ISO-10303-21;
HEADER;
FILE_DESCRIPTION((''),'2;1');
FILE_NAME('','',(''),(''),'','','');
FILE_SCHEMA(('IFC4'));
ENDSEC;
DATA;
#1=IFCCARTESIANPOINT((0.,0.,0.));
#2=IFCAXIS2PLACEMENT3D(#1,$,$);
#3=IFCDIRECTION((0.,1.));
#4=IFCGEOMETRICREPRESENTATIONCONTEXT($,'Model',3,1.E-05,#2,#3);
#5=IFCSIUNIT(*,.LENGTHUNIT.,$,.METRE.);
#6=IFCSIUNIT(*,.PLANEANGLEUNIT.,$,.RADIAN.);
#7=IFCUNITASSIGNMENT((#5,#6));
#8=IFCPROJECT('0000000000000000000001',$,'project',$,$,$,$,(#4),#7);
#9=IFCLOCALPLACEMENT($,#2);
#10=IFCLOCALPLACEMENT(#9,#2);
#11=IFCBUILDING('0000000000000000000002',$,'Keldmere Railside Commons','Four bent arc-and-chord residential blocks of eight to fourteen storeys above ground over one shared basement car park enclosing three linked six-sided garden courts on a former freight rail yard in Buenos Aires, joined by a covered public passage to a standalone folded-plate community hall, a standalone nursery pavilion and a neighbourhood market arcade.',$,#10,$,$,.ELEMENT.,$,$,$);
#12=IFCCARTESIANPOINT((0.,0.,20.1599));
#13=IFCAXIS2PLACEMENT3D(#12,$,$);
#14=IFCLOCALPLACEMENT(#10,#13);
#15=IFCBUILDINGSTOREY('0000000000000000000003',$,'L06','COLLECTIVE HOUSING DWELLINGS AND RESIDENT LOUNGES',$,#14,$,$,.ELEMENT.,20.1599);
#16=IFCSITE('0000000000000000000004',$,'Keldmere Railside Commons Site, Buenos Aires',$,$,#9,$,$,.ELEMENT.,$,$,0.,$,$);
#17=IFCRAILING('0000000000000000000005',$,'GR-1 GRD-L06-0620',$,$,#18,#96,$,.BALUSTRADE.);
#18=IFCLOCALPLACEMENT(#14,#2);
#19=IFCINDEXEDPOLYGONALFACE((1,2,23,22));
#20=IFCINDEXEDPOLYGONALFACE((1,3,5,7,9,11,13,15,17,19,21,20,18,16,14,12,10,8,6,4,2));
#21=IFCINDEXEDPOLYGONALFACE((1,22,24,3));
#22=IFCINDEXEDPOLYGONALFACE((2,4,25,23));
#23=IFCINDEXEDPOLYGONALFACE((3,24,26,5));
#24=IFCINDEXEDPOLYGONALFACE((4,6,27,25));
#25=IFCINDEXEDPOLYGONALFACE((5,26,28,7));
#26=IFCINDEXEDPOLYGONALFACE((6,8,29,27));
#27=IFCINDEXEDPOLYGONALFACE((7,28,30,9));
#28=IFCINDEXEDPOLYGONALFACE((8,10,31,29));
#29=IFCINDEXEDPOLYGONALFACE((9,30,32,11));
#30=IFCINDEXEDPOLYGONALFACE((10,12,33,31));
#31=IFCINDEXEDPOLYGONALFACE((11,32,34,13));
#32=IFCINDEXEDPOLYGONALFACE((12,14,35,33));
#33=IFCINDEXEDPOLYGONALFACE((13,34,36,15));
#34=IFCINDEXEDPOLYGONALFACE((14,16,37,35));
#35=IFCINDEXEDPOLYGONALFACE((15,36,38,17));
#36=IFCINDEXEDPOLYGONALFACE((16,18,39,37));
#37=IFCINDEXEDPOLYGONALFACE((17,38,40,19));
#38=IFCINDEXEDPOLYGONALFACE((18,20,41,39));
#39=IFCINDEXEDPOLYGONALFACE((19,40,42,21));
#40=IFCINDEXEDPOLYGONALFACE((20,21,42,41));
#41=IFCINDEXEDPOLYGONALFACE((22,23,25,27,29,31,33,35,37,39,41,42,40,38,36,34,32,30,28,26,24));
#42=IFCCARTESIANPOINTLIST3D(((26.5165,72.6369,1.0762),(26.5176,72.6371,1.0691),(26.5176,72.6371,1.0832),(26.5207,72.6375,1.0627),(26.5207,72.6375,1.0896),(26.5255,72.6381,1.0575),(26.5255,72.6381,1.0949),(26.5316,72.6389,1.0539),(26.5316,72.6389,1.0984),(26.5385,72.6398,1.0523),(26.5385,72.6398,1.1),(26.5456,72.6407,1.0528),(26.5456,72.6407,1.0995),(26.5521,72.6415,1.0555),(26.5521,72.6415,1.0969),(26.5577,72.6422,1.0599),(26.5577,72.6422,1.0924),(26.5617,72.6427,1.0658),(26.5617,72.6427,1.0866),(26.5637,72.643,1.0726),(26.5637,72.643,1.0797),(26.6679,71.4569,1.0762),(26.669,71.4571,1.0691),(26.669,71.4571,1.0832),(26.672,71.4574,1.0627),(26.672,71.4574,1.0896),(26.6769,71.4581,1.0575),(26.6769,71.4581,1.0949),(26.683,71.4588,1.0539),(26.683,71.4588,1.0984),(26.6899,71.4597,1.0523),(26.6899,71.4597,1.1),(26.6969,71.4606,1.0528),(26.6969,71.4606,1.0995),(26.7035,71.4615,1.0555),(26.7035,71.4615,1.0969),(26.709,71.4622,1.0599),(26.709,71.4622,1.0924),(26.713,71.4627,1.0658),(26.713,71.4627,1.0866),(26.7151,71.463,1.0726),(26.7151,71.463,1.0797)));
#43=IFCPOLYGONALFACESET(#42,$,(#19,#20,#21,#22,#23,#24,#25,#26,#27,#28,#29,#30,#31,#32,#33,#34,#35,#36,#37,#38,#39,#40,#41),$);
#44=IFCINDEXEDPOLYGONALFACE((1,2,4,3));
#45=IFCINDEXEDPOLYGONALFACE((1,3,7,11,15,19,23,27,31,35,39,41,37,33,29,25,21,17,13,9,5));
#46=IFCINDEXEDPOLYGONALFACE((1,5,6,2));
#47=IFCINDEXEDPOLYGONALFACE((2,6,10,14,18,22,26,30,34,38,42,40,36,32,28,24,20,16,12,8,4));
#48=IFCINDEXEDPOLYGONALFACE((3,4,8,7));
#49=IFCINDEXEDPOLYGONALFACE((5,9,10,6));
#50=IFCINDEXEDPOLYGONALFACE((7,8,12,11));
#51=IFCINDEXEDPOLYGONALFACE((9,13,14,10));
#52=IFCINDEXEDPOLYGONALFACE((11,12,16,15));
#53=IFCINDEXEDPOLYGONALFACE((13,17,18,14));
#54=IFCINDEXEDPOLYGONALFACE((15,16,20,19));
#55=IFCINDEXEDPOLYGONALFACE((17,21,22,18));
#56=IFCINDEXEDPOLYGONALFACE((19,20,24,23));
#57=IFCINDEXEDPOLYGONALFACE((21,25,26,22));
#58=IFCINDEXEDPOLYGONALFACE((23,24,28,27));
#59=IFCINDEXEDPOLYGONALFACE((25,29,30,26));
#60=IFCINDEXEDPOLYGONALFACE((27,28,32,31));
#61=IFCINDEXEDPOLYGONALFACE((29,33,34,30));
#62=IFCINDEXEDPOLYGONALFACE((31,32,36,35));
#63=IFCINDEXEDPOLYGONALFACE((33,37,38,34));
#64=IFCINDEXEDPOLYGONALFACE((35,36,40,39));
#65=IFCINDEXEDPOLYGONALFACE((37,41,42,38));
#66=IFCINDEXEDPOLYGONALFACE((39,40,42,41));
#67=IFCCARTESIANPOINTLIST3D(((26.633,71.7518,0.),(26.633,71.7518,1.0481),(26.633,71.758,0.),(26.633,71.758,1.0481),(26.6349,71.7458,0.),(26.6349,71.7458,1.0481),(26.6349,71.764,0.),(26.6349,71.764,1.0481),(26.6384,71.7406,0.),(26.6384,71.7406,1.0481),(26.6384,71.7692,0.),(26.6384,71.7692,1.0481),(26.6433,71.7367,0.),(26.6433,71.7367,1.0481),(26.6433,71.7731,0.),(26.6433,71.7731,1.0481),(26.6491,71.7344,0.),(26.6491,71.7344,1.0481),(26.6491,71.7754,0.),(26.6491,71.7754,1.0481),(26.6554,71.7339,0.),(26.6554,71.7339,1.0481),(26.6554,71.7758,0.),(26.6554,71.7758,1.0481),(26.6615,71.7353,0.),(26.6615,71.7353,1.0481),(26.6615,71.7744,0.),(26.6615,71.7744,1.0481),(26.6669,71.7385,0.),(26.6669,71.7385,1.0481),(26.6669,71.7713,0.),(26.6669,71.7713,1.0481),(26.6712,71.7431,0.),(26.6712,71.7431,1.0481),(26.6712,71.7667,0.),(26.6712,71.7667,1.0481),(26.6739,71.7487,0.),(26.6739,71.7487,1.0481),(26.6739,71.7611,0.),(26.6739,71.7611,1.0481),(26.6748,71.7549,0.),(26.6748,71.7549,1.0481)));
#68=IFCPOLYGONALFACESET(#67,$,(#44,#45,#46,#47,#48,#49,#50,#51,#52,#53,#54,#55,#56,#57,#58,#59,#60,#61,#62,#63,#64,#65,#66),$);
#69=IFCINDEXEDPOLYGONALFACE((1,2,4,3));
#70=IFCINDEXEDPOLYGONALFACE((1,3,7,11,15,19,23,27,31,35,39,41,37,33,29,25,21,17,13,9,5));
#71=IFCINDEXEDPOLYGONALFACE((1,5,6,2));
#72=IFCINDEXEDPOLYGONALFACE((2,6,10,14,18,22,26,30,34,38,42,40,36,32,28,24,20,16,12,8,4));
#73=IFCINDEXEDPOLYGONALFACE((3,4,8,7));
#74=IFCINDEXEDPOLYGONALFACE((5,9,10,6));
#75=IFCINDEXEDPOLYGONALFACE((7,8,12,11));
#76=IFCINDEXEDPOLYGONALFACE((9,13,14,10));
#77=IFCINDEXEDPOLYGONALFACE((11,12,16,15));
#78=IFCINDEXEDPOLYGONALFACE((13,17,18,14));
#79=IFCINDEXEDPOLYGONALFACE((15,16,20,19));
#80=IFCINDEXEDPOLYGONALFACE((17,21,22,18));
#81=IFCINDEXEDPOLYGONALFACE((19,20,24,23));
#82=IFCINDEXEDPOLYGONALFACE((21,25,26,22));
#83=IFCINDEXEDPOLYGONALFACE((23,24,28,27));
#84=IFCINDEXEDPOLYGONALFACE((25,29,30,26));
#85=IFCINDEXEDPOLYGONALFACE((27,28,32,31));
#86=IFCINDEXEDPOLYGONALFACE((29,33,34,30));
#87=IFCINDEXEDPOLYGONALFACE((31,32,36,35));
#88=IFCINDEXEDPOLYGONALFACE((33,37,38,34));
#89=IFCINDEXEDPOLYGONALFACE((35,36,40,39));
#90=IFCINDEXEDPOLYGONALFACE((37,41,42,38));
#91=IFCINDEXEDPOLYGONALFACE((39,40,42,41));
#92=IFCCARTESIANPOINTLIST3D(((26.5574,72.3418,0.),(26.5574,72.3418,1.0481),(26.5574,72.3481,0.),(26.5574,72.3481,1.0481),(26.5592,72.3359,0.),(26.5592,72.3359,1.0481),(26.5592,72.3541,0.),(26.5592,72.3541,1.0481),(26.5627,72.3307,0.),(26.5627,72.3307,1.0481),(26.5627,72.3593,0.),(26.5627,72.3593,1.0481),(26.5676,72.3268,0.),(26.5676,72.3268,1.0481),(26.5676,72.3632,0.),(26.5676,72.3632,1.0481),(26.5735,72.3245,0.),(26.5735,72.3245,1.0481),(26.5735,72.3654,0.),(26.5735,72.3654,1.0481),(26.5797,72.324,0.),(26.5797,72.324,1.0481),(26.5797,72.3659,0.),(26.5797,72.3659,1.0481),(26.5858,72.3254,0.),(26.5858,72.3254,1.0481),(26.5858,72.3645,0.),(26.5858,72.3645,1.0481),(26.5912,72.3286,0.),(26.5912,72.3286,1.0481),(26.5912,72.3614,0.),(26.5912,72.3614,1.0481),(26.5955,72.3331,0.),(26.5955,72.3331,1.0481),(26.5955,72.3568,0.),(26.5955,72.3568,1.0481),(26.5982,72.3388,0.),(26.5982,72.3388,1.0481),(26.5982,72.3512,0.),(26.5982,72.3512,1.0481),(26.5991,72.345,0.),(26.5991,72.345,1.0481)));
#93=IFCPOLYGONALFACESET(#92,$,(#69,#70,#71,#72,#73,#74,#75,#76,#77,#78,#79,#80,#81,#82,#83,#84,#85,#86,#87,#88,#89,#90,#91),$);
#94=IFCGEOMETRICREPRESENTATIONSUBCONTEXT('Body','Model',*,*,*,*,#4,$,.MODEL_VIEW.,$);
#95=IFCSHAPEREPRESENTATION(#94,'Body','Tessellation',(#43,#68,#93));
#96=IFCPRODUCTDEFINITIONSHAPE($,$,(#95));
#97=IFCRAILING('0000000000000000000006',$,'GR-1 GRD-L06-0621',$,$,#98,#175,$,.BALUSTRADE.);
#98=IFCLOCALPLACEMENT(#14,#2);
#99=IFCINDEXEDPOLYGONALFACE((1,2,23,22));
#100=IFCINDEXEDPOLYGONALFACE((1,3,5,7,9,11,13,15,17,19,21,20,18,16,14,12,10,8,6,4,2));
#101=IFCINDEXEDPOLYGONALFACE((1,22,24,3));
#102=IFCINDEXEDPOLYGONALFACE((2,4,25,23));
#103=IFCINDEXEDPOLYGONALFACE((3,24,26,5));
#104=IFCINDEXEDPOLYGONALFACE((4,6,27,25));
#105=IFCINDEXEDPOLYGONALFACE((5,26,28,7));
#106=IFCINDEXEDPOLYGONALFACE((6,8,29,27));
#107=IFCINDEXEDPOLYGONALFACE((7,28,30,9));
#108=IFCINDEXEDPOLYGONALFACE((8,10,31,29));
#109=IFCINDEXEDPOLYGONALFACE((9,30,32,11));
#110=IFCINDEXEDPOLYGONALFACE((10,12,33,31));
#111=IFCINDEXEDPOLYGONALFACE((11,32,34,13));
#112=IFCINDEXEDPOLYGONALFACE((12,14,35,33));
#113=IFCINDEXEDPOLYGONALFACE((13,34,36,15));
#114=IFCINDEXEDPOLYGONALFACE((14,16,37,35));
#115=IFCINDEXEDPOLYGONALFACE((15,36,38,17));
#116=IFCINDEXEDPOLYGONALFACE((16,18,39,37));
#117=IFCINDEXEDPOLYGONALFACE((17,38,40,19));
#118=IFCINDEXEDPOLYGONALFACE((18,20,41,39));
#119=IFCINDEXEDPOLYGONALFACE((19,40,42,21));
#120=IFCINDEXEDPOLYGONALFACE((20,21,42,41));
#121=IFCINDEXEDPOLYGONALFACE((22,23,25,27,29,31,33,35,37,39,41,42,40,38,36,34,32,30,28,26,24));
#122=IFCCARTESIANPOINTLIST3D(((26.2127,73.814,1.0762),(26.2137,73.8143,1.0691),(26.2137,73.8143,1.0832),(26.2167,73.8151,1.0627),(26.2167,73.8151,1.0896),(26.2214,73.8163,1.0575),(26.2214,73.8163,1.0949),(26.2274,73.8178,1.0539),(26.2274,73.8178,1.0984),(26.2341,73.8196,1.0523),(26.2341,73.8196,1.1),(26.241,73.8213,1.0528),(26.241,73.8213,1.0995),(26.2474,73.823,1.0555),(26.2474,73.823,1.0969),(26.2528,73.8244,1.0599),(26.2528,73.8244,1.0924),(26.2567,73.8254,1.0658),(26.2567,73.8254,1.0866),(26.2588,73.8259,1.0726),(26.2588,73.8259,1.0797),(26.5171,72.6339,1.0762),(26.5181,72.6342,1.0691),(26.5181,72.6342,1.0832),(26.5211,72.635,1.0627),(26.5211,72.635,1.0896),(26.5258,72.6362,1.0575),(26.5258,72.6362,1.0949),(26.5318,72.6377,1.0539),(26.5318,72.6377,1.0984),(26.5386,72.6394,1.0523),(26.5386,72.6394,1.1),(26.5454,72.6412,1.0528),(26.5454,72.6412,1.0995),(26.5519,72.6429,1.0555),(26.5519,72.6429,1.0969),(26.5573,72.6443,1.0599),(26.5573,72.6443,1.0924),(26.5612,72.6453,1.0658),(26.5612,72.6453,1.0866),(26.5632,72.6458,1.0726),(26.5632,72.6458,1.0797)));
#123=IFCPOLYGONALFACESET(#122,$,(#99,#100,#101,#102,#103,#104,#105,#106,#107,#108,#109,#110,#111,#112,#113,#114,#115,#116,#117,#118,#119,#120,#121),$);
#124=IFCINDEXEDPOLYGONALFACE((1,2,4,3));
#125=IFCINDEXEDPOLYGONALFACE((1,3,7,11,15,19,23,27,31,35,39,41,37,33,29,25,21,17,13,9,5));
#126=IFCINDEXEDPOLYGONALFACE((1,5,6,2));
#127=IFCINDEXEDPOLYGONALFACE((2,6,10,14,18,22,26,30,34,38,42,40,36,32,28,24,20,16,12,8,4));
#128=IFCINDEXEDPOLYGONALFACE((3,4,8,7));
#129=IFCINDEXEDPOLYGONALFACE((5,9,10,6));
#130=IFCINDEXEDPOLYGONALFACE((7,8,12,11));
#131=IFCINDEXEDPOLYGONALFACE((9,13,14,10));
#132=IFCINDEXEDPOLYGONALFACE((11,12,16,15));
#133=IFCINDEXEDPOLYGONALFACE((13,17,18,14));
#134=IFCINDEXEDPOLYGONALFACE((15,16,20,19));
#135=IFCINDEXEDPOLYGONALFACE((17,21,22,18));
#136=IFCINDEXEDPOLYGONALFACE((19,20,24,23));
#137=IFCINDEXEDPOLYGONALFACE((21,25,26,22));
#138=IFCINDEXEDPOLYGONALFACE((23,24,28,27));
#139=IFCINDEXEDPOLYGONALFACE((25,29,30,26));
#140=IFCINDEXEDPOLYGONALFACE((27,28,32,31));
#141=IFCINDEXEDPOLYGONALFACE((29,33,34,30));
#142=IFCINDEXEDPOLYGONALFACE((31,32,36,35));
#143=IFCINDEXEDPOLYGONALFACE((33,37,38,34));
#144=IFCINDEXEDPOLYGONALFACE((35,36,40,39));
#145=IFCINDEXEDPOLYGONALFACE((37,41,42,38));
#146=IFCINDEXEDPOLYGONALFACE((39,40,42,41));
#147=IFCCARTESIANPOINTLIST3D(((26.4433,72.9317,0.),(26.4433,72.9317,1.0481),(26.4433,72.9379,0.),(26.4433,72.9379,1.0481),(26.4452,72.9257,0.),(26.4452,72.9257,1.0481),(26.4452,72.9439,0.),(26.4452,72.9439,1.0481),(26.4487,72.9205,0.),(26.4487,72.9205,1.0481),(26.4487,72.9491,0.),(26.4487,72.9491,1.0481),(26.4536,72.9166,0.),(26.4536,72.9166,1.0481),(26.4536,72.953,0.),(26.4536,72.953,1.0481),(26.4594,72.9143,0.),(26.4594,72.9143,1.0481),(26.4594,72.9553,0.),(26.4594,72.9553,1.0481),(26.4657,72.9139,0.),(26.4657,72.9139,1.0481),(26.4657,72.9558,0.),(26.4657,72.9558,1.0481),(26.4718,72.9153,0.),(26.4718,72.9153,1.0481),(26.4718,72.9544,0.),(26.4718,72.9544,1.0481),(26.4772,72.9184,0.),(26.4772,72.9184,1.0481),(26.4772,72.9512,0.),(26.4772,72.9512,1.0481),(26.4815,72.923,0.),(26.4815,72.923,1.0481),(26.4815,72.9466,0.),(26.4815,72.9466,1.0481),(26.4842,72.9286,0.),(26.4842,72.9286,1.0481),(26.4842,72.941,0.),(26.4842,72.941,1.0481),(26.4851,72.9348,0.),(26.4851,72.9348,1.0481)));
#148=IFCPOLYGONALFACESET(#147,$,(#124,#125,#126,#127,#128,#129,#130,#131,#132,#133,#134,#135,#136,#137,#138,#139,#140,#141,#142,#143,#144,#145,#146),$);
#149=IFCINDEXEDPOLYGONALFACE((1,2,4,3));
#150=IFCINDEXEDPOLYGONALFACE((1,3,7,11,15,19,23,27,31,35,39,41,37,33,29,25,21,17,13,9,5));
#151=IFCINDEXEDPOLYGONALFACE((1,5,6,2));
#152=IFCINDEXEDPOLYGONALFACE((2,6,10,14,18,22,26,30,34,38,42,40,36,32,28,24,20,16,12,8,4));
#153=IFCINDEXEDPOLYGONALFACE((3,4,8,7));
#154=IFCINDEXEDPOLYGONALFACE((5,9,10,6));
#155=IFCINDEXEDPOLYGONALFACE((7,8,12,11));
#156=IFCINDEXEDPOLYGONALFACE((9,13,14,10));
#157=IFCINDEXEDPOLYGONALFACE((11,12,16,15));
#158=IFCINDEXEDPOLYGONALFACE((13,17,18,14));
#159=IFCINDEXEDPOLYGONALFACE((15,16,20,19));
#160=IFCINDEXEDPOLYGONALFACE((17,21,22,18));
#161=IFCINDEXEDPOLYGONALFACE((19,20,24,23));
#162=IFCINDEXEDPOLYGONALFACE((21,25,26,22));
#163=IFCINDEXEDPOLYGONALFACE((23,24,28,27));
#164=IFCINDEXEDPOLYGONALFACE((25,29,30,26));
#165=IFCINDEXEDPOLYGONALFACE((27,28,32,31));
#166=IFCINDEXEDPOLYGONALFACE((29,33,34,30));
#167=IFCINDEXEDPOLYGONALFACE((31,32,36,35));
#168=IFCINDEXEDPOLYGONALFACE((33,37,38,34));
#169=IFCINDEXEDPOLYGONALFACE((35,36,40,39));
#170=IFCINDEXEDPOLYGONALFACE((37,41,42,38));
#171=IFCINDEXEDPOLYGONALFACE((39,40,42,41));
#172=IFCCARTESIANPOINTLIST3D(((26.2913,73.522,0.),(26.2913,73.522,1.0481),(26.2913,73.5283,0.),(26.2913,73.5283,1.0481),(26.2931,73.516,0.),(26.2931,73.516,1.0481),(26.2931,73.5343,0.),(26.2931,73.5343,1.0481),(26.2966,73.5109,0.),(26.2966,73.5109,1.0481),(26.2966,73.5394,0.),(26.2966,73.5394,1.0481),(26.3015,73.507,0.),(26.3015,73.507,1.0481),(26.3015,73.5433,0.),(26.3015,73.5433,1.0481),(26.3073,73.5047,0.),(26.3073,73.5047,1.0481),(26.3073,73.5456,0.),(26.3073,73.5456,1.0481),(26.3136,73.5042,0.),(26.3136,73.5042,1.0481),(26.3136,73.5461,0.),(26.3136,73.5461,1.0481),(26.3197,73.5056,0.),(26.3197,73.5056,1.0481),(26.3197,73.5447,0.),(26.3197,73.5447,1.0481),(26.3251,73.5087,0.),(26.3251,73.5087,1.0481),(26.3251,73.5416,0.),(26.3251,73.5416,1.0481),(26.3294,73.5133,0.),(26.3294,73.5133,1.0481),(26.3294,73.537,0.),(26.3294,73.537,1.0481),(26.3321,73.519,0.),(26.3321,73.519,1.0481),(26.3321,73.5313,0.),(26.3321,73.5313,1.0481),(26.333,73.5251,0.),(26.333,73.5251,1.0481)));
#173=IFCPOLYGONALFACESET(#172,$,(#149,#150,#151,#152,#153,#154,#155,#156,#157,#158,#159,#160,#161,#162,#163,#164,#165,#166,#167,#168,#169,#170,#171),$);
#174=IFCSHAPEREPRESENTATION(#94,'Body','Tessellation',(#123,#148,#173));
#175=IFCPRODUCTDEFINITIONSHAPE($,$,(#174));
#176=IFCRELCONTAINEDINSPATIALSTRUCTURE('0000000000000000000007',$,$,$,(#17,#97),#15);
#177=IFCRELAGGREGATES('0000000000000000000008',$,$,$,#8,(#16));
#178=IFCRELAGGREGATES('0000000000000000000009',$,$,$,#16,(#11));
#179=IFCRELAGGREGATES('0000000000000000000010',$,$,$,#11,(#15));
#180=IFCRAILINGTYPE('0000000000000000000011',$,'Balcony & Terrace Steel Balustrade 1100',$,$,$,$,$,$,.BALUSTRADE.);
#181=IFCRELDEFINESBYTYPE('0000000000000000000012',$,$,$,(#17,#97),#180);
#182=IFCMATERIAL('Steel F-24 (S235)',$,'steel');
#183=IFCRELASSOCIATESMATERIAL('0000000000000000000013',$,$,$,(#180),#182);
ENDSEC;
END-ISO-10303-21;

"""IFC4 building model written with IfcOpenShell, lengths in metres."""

from ifc_helpers import new_model, si_unit, direction, frame, origin, origin_2d, place, context, subcontext, project, spatial, circle, extrude, material, type_object, element, save


model = new_model("IFC4")

# Units and contexts
model_context = context("Model", 3, precision=1e-05, world=origin(), true_north=direction((0.0, 1.0)))
body_context = subcontext(model_context, "Body", "Model", "MODEL_VIEW")
ifc_project = project(units=[si_unit("LENGTHUNIT", "METRE"), si_unit("PLANEANGLEUNIT", "RADIAN")], contexts=[model_context])

# Site, building, storey
site_placement = place(None, origin())
site = spatial("IfcSite", under=ifc_project, at=site_placement, Name="Keldmere Railside Commons Site, Buenos Aires", CompositionType="ELEMENT", RefElevation=0.0)
building_placement = place(site_placement, origin())
building = spatial("IfcBuilding", under=site, at=building_placement, Name="Keldmere Railside Commons", Description="Four bent arc-and-chord residential blocks of eight to fourteen storeys above ground over one shared basement car park enclosing three linked six-sided garden courts on a former freight rail yard in Buenos Aires, joined by a covered public passage to a standalone folded-plate community hall, a standalone nursery pavilion and a neighbourhood market arcade.", CompositionType="ELEMENT")
storey_placement = place(building_placement, frame((0.0, 0.0, 20.1599)))
storey = spatial("IfcBuildingStorey", under=building, at=storey_placement, Name="L06", Description="COLLECTIVE HOUSING DWELLINGS AND RESIDENT LOUNGES", CompositionType="ELEMENT", Elevation=20.1599)

# Railings
ifc_material_1 = material(Name="Steel F-24 (S235)", Category="steel")
railing_type_1 = type_object("IfcRailingType", Name="Balcony & Terrace Steel Balustrade 1100", PredefinedType="BALUSTRADE", material=ifc_material_1)
railing_1_placement = place(storey_placement, frame((26.6917, 71.46, 0.0)))
element("IfcRailing", 1, at=railing_1_placement, inside=storey, type_object=railing_type_1, Name="GR-1 GRD-L06-0620", PredefinedType="BALUSTRADE", context=body_context, shape_type="SweptSolid", body=[
    extrude(circle(Radius=0.0239, at=origin_2d()), frame((0.0, 0.0, 1.0762), z_axis=(-0.127242, 0.991872, 0.0), x_axis=(-0.991872, -0.127242, 0.0)), (0.0, 0.0, 1.0), 1.1897),
    extrude(circle(Radius=0.021, at=origin_2d()), frame((-0.0378, 0.2949, 0.0)), (0.0, 0.0, 1.0), 1.0481),
    extrude(circle(Radius=0.021, at=origin_2d()), frame((-0.1135, 0.885, 0.0)), (0.0, 0.0, 1.0), 1.0481),
])
railing_2_placement = place(storey_placement, frame((26.5403, 72.6399, 0.0)))
element("IfcRailing", 2, at=railing_2_placement, inside=storey, type_object=railing_type_1, Name="GR-1 GRD-L06-0621", PredefinedType="BALUSTRADE", context=body_context, shape_type="SweptSolid", body=[
    extrude(circle(Radius=0.0239, at=origin_2d()), frame((0.0, 0.0, 1.0762), z_axis=(-0.249787, 0.968301, 0.0), x_axis=(-0.968301, -0.249787, 0.0)), (0.0, 0.0, 1.0), 1.2188),
    extrude(circle(Radius=0.021, at=origin_2d()), frame((-0.0762, 0.2949, 0.0)), (0.0, 0.0, 1.0), 1.0481),
    extrude(circle(Radius=0.021, at=origin_2d()), frame((-0.2283, 0.8853, 0.0)), (0.0, 0.0, 1.0), 1.0481),
])

save(model, "model.ifc")
